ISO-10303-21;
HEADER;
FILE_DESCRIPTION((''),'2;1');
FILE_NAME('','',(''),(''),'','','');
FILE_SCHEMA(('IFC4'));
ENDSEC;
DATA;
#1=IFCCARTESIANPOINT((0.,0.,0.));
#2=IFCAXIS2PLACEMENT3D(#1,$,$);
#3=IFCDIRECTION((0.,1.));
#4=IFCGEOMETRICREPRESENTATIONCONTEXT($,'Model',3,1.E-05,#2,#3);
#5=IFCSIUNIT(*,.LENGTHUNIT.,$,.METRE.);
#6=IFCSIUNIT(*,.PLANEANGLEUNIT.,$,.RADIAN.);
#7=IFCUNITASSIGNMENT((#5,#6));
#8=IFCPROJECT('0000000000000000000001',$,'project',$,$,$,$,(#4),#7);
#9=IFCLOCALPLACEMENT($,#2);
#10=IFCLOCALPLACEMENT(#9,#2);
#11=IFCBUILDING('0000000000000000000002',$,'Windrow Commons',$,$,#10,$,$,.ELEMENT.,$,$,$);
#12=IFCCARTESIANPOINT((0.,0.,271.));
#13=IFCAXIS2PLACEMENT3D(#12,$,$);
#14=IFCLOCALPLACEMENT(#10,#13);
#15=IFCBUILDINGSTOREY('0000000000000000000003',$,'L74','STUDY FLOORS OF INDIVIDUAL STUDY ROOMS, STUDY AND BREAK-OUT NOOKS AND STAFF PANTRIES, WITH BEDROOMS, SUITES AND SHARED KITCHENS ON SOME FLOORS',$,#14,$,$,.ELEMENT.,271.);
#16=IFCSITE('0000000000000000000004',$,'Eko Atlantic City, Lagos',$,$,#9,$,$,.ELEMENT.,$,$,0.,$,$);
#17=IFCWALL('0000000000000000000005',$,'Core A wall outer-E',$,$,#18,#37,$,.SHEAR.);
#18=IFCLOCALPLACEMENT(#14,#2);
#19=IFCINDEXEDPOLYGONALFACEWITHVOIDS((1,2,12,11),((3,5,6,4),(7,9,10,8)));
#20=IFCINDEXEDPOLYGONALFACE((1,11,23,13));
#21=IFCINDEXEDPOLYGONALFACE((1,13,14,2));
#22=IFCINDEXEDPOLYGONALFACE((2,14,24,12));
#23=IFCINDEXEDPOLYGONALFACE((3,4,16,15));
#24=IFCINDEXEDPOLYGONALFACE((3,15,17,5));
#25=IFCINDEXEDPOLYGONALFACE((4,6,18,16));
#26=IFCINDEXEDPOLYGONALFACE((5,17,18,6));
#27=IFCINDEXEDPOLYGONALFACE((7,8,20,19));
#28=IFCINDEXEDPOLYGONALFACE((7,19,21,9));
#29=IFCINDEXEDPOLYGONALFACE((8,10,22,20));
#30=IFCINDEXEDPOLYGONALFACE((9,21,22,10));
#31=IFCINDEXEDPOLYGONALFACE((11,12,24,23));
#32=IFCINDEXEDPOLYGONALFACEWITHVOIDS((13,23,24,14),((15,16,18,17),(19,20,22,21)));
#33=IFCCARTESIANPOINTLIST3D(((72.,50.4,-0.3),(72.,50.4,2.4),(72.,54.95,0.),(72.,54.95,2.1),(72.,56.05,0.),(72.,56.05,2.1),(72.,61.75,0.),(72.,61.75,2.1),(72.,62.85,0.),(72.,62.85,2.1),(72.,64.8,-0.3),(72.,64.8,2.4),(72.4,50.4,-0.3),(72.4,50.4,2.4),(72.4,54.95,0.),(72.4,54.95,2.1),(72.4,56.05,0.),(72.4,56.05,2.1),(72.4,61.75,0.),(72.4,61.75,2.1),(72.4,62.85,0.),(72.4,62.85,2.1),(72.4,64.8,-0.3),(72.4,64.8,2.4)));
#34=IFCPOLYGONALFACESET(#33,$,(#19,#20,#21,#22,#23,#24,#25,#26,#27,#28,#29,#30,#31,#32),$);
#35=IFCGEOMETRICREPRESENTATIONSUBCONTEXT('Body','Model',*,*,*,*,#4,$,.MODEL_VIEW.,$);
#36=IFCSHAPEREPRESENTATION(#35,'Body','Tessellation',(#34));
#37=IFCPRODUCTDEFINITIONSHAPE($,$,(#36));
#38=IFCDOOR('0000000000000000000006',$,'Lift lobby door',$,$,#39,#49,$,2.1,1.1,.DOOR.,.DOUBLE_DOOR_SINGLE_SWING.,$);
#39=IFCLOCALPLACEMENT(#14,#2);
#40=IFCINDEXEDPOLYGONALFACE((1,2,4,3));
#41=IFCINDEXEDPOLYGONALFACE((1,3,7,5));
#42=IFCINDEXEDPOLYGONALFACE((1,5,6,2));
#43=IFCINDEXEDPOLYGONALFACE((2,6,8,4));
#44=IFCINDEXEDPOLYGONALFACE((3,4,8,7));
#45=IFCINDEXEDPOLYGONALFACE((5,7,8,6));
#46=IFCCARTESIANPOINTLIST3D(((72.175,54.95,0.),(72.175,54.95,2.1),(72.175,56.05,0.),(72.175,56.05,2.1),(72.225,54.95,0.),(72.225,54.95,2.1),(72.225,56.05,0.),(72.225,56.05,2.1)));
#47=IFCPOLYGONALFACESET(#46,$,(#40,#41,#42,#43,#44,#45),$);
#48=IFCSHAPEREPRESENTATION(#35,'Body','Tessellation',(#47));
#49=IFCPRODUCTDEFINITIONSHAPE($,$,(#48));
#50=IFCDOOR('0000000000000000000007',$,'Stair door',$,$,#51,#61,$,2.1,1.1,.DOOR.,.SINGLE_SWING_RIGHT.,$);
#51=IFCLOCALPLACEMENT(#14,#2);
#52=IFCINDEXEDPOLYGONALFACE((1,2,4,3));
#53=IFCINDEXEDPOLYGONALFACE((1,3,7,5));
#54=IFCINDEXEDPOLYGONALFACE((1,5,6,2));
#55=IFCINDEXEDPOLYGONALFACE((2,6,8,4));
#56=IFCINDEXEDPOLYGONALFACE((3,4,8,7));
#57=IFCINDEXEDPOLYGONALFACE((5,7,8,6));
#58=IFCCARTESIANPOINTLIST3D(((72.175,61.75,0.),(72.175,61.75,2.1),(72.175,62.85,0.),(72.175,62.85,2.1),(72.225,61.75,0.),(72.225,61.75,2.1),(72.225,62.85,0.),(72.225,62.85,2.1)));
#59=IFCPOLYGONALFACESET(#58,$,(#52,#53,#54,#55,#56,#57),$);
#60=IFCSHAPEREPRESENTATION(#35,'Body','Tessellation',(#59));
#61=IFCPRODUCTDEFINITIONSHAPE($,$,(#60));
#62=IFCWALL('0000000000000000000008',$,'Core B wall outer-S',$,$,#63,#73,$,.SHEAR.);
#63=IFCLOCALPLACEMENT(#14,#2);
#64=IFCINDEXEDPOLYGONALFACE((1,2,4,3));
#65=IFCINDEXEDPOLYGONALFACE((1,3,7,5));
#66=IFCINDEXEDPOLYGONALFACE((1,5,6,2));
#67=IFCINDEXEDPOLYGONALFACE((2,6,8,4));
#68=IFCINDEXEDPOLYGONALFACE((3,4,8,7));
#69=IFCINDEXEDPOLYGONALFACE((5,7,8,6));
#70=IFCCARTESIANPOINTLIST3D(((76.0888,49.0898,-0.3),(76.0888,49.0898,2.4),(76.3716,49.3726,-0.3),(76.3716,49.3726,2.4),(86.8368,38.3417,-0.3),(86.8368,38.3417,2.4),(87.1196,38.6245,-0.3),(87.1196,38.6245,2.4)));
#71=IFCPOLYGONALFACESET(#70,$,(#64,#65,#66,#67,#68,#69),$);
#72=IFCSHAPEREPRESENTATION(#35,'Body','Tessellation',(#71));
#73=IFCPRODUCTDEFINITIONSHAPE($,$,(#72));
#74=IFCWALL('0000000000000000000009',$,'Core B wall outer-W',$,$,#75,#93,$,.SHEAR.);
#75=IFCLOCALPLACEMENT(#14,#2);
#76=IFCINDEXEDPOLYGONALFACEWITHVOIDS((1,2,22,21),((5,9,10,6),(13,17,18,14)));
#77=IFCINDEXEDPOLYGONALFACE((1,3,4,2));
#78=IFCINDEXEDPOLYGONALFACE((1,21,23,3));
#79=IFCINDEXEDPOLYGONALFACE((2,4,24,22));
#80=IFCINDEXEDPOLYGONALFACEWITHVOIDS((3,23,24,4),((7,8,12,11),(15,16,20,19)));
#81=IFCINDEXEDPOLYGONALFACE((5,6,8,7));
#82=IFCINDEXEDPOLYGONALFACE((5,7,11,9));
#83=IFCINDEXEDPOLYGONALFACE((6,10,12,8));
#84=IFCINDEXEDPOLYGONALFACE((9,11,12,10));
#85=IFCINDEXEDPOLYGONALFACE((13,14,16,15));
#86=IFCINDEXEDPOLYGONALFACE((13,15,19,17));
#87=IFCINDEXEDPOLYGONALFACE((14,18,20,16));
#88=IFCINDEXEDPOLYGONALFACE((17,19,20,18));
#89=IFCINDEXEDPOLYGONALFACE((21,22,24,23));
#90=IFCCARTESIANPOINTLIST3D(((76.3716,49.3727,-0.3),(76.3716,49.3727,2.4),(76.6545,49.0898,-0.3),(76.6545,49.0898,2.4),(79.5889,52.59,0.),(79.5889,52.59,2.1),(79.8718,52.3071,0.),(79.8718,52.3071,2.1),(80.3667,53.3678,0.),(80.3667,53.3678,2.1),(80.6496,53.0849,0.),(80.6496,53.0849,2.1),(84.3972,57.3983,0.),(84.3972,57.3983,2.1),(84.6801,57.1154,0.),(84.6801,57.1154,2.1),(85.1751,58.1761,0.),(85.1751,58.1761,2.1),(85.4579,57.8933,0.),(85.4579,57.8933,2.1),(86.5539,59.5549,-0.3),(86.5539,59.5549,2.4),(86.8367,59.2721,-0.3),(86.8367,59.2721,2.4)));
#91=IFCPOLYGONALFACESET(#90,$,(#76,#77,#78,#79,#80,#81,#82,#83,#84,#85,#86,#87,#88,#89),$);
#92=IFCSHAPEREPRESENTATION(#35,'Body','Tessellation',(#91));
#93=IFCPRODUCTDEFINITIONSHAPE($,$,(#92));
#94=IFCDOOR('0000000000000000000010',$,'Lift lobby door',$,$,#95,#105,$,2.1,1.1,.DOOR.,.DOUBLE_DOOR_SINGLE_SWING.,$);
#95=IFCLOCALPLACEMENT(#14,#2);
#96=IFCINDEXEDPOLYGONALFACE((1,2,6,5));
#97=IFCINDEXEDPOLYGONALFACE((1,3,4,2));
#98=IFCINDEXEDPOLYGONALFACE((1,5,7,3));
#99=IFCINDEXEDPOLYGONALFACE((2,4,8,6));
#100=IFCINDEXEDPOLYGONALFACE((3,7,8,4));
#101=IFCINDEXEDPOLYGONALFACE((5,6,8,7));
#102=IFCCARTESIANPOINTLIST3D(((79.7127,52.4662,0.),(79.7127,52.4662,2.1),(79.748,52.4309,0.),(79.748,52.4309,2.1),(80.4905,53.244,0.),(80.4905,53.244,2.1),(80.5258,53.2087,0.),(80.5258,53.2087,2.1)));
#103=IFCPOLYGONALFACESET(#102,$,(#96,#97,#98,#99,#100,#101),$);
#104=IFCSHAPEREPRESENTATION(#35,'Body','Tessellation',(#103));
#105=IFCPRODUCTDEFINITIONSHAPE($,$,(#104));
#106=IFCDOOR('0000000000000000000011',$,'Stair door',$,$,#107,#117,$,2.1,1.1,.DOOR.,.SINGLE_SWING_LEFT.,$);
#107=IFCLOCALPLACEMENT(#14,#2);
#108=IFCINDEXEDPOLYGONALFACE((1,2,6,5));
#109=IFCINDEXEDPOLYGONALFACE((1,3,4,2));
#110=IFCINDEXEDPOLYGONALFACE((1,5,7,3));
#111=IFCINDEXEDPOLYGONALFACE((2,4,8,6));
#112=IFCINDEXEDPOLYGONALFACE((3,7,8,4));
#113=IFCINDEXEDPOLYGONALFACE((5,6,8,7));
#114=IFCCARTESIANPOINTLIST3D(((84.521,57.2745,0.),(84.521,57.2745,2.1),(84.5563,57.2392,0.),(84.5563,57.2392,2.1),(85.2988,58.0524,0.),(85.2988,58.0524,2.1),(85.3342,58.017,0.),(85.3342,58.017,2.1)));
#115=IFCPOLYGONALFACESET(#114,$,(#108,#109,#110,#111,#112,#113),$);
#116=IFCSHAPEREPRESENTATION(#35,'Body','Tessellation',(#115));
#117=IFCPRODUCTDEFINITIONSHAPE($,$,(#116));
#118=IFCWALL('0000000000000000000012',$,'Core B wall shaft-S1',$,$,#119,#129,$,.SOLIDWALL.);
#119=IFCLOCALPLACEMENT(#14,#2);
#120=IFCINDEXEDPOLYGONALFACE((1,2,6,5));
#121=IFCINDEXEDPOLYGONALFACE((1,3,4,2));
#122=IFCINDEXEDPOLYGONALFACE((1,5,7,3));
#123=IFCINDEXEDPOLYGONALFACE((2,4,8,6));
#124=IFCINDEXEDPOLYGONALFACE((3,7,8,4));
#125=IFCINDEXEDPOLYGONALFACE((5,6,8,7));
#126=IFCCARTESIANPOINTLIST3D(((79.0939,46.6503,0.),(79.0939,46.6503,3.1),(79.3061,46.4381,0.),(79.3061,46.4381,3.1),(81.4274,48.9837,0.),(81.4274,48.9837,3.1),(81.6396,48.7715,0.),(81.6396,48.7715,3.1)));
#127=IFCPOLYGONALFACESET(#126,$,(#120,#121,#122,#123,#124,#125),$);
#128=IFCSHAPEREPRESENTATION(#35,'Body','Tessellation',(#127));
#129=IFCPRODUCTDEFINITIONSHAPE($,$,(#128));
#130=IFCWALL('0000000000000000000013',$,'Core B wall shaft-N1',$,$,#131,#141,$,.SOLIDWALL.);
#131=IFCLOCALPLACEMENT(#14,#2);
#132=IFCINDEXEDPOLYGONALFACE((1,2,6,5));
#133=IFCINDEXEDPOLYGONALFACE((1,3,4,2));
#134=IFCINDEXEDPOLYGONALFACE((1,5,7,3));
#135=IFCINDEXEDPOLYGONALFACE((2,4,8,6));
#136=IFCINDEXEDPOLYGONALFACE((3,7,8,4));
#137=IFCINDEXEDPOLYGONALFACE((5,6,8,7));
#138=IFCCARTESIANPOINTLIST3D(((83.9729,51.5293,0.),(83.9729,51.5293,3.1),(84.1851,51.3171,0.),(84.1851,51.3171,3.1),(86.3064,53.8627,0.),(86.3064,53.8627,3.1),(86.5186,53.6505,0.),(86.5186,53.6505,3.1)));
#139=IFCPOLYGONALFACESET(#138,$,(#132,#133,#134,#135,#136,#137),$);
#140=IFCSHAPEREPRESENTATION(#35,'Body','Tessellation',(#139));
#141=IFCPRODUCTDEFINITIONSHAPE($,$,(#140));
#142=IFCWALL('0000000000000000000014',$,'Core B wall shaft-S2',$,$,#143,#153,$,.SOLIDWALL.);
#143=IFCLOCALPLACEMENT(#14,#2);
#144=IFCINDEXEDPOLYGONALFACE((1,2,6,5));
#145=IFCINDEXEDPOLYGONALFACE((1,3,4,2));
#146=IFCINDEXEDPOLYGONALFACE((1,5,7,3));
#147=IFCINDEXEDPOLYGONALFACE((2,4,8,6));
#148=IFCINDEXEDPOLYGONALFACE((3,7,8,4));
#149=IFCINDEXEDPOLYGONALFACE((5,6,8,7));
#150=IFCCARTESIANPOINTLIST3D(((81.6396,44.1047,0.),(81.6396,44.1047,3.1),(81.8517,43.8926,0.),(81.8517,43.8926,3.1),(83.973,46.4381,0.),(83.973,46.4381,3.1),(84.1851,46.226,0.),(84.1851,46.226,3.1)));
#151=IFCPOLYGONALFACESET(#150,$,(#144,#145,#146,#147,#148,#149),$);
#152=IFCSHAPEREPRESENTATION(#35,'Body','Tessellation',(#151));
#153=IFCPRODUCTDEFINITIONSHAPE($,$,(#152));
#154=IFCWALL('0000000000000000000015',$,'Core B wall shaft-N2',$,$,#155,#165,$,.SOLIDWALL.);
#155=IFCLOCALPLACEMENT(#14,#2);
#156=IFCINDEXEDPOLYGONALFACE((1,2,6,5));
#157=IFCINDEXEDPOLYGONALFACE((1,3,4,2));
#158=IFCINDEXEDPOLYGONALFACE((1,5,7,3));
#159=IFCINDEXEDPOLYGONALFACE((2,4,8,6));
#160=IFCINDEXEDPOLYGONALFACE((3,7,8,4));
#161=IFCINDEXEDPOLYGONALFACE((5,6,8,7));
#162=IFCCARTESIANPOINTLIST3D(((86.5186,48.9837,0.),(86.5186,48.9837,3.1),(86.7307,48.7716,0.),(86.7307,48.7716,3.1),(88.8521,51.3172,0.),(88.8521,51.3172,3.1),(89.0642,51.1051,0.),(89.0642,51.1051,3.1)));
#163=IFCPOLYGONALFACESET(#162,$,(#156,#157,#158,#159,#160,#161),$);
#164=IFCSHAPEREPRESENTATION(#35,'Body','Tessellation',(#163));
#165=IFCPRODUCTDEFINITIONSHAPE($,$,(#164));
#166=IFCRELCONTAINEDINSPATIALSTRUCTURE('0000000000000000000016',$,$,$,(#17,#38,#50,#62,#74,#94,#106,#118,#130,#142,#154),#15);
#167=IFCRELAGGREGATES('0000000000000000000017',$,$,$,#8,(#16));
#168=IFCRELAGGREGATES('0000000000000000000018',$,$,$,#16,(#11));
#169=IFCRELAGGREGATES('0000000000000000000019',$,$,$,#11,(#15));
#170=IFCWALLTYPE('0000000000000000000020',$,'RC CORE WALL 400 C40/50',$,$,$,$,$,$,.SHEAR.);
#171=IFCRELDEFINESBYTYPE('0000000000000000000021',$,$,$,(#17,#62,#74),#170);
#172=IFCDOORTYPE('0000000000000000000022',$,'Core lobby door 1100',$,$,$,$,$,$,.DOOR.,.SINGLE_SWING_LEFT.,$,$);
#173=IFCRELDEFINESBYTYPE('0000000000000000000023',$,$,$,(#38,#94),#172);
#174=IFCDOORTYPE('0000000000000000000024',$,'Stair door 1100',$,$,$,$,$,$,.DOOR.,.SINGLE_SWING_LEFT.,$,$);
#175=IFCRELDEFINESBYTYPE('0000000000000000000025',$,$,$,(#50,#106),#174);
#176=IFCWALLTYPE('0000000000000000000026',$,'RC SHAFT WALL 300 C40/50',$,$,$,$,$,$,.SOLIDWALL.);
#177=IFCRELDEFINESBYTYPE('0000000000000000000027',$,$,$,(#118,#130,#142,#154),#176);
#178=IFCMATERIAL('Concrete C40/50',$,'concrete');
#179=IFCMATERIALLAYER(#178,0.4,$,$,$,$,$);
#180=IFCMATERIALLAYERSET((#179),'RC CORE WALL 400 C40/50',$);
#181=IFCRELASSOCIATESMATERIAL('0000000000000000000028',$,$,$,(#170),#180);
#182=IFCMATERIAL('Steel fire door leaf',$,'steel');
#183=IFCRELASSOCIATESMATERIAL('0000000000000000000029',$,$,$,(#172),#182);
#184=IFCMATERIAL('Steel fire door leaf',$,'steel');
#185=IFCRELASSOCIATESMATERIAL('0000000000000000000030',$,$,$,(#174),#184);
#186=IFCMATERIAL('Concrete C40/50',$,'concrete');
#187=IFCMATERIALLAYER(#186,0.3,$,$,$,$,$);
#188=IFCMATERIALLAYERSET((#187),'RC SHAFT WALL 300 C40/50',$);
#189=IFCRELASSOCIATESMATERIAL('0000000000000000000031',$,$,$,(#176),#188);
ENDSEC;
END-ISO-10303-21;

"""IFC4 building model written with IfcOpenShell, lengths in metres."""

from ifc_helpers import new_model, si_unit, direction, frame, frame_2d, origin, place, context, subcontext, project, spatial, rectangle, extrude, material, layer, layer_set, type_object, element, fill, save


model = new_model("IFC4")

# Units and contexts
model_context = context("Model", 3, precision=1e-05, world=origin(), true_north=direction((0.0, 1.0)))
body_context = subcontext(model_context, "Body", "Model", "MODEL_VIEW")
ifc_project = project(units=[si_unit("LENGTHUNIT", "METRE"), si_unit("PLANEANGLEUNIT", "RADIAN")], contexts=[model_context])

# Site, building, storey
site_placement = place(None, origin())
site = spatial("IfcSite", under=ifc_project, at=site_placement, Name="Eko Atlantic City, Lagos", CompositionType="ELEMENT", RefElevation=0.0)
building_placement = place(site_placement, origin())
building = spatial("IfcBuilding", under=site, at=building_placement, Name="Windrow Commons", CompositionType="ELEMENT")
storey_placement = place(building_placement, frame((0.0, 0.0, 271.0)))
storey = spatial("IfcBuildingStorey", under=building, at=storey_placement, Name="L74", Description="STUDY FLOORS OF INDIVIDUAL STUDY ROOMS, STUDY AND BREAK-OUT NOOKS AND STAFF PANTRIES, WITH BEDROOMS, SUITES AND SHARED KITCHENS ON SOME FLOORS", CompositionType="ELEMENT", Elevation=271.0)

# Wall, openings, doors
ifc_material_1 = material(Name="Concrete C40/50", Category="concrete")
ifc_layer_1 = layer(ifc_material_1, 0.4)
ifc_layer_set_1 = layer_set([ifc_layer_1], Name="RC CORE WALL 400 C40/50")
wall_type_1 = type_object("IfcWallType", Name="RC CORE WALL 400 C40/50", PredefinedType="SHEAR", material=ifc_layer_set_1)
wall_1_placement = place(storey_placement, frame((72.2, 50.4, -0.3), z_axis=(0.0, 0.0, 1.0), x_axis=(0.0, 1.0, 0.0)))
wall_1 = element("IfcWall", 1, at=wall_1_placement, inside=storey, type_object=wall_type_1, Name="Core A wall outer-E", PredefinedType="SHEAR", context=body_context, shape_type="SweptSolid", body=[
    extrude(rectangle(XDim=14.4, YDim=0.4, at=frame_2d((7.2, 0.0))), origin(), (0.0, 0.0, 1.0), 2.7),
])
opening_1_placement = place(wall_1_placement, frame((4.55, 0.0, 0.3)))
opening_1 = element("IfcOpeningElement", 2, at=opening_1_placement, cuts=wall_1, PredefinedType="OPENING", context=body_context, shape_type="SweptSolid", body=[
    extrude(rectangle(XDim=1.1, YDim=2.1, at=frame_2d((0.55, 1.05))), frame((0.0, 0.21, 0.0), z_axis=(0.0, -1.0, 0.0), x_axis=(1.0, 0.0, 0.0)), (0.0, 0.0, 1.0), 0.42),
])
opening_2_placement = place(wall_1_placement, frame((11.35, 0.0, 0.3)))
opening_2 = element("IfcOpeningElement", 3, at=opening_2_placement, cuts=wall_1, PredefinedType="OPENING", context=body_context, shape_type="SweptSolid", body=[
    extrude(rectangle(XDim=1.1, YDim=2.1, at=frame_2d((0.55, 1.05))), frame((0.0, 0.21, 0.0), z_axis=(0.0, -1.0, 0.0), x_axis=(1.0, 0.0, 0.0)), (0.0, 0.0, 1.0), 0.42),
])
ifc_material_2 = material(Name="Steel fire door leaf", Category="steel")
door_type_1 = type_object("IfcDoorType", Name="Core lobby door 1100", OperationType="SINGLE_SWING_LEFT", PredefinedType="DOOR", material=ifc_material_2)
door_1_placement = place(opening_1_placement, origin())
door_1 = element("IfcDoor", 4, at=door_1_placement, inside=storey, type_object=door_type_1, Name="Lift lobby door", OperationType="DOUBLE_DOOR_SINGLE_SWING", OverallHeight=2.1, OverallWidth=1.1, PredefinedType="DOOR", context=body_context, shape_type="SweptSolid", body=[
    extrude(rectangle(XDim=1.1, YDim=2.1, at=frame_2d((0.55, 1.05))), frame((0.0, 0.025, 0.0), z_axis=(0.0, -1.0, 0.0), x_axis=(1.0, 0.0, 0.0)), (0.0, 0.0, 1.0), 0.05),
])
fill(opening_1, door_1)
ifc_material_3 = material(Name="Steel fire door leaf", Category="steel")
door_type_2 = type_object("IfcDoorType", Name="Stair door 1100", OperationType="SINGLE_SWING_LEFT", PredefinedType="DOOR", material=ifc_material_3)
door_2_placement = place(opening_2_placement, origin())
door_2 = element("IfcDoor", 5, at=door_2_placement, inside=storey, type_object=door_type_2, Name="Stair door", OperationType="SINGLE_SWING_RIGHT", OverallHeight=2.1, OverallWidth=1.1, PredefinedType="DOOR", context=body_context, shape_type="SweptSolid", body=[
    extrude(rectangle(XDim=1.1, YDim=2.1, at=frame_2d((0.55, 1.05))), frame((0.0, 0.025, 0.0), z_axis=(0.0, -1.0, 0.0), x_axis=(1.0, 0.0, 0.0)), (0.0, 0.0, 1.0), 0.05),
])
fill(opening_2, door_2)

# Wall
wall_2_placement = place(storey_placement, frame((76.2302, 49.2312, -0.3), z_axis=(0.0, 0.0, 1.0), x_axis=(0.707103, -0.70711, 0.0)))
element("IfcWall", 6, at=wall_2_placement, inside=storey, type_object=wall_type_1, Name="Core B wall outer-S", PredefinedType="SHEAR", context=body_context, shape_type="SweptSolid", body=[
    extrude(rectangle(XDim=15.2, YDim=0.4, at=frame_2d((7.6, 0.0))), origin(), (0.0, 0.0, 1.0), 2.7),
])

# Wall, openings, doors
wall_3_placement = place(storey_placement, frame((76.513, 49.2312, -0.3), z_axis=(0.0, 0.0, 1.0), x_axis=(0.707107, 0.707107, 0.0)))
wall_3 = element("IfcWall", 7, at=wall_3_placement, inside=storey, type_object=wall_type_1, Name="Core B wall outer-W", PredefinedType="SHEAR", context=body_context, shape_type="SweptSolid", body=[
    extrude(rectangle(XDim=14.3999, YDim=0.4, at=frame_2d((7.2, 0.0))), origin(), (0.0, 0.0, 1.0), 2.7),
])
opening_3_placement = place(wall_3_placement, frame((4.55, 0.0, 0.3)))
opening_3 = element("IfcOpeningElement", 8, at=opening_3_placement, cuts=wall_3, PredefinedType="OPENING", context=body_context, shape_type="SweptSolid", body=[
    extrude(rectangle(XDim=1.1, YDim=2.1, at=frame_2d((0.55, 1.05))), frame((0.0, 0.21, 0.0), z_axis=(0.0, -1.0, 0.0), x_axis=(1.0, 0.0, 0.0)), (0.0, 0.0, 1.0), 0.42),
])
opening_4_placement = place(wall_3_placement, frame((11.35, 0.0, 0.3)))
opening_4 = element("IfcOpeningElement", 9, at=opening_4_placement, cuts=wall_3, PredefinedType="OPENING", context=body_context, shape_type="SweptSolid", body=[
    extrude(rectangle(XDim=1.1, YDim=2.1, at=frame_2d((0.55, 1.05))), frame((0.0, 0.21, 0.0), z_axis=(0.0, -1.0, 0.0), x_axis=(1.0, 0.0, 0.0)), (0.0, 0.0, 1.0), 0.42),
])
door_3_placement = place(opening_3_placement, origin())
door_3 = element("IfcDoor", 10, at=door_3_placement, inside=storey, type_object=door_type_1, Name="Lift lobby door", OperationType="DOUBLE_DOOR_SINGLE_SWING", OverallHeight=2.1, OverallWidth=1.1, PredefinedType="DOOR", context=body_context, shape_type="SweptSolid", body=[
    extrude(rectangle(XDim=1.1, YDim=2.1, at=frame_2d((0.55, 1.05))), frame((0.0, 0.025, 0.0), z_axis=(0.0, -1.0, 0.0), x_axis=(1.0, 0.0, 0.0)), (0.0, 0.0, 1.0), 0.05),
])
fill(opening_3, door_3)
door_4_placement = place(opening_4_placement, origin())
door_4 = element("IfcDoor", 11, at=door_4_placement, inside=storey, type_object=door_type_2, Name="Stair door", OperationType="SINGLE_SWING_LEFT", OverallHeight=2.1, OverallWidth=1.1, PredefinedType="DOOR", context=body_context, shape_type="SweptSolid", body=[
    extrude(rectangle(XDim=1.1, YDim=2.1, at=frame_2d((0.55, 1.05))), frame((0.0, 0.025, 0.0), z_axis=(0.0, -1.0, 0.0), x_axis=(1.0, 0.0, 0.0)), (0.0, 0.0, 1.0), 0.05),
])
fill(opening_4, door_4)

# Walls
ifc_material_4 = material(Name="Concrete C40/50", Category="concrete")
ifc_layer_2 = layer(ifc_material_4, 0.3)
ifc_layer_set_2 = layer_set([ifc_layer_2], Name="RC SHAFT WALL 300 C40/50")
wall_type_2 = type_object("IfcWallType", Name="RC SHAFT WALL 300 C40/50", PredefinedType="SOLIDWALL", material=ifc_layer_set_2)
for number, where, z_axis, x_axis, name in (
    (12, (79.2, 46.5442, 0.0), (0.0, 0.0, 1.0), (0.707122, 0.707092, 0.0), "Core B wall shaft-S1"),
    (13, (84.079, 51.4232, 0.0), (0.0, 0.0, 1.0), (0.707122, 0.707092, 0.0), "Core B wall shaft-N1"),
):
    element("IfcWall", number, at=place(storey_placement, frame(where, z_axis=z_axis, x_axis=x_axis)), inside=storey, type_object=wall_type_2, Name=name, PredefinedType="SOLIDWALL", context=body_context, shape_type="SweptSolid", body=[
        extrude(rectangle(XDim=3.3, YDim=0.3, at=frame_2d((1.65, 0.0))), origin(), (0.0, 0.0, 1.0), 3.1),
    ])
wall_4_placement = place(storey_placement, frame((81.7456, 43.9986, 0.0), z_axis=(0.0, 0.0, 1.0), x_axis=(0.707107, 0.707107, 0.0)))
element("IfcWall", 14, at=wall_4_placement, inside=storey, type_object=wall_type_2, Name="Core B wall shaft-S2", PredefinedType="SOLIDWALL", context=body_context, shape_type="SweptSolid", body=[
    extrude(rectangle(XDim=3.2999, YDim=0.3, at=frame_2d((1.65, 0.0))), origin(), (0.0, 0.0, 1.0), 3.1),
])
wall_5_placement = place(storey_placement, frame((86.6246, 48.8776, 0.0), z_axis=(0.0, 0.0, 1.0), x_axis=(0.707107, 0.707107, 0.0)))
element("IfcWall", 15, at=wall_5_placement, inside=storey, type_object=wall_type_2, Name="Core B wall shaft-N2", PredefinedType="SOLIDWALL", context=body_context, shape_type="SweptSolid", body=[
    extrude(rectangle(XDim=3.3001, YDim=0.3, at=frame_2d((1.6501, 0.0))), origin(), (0.0, 0.0, 1.0), 3.1),
])

save(model, "model.ifc")
